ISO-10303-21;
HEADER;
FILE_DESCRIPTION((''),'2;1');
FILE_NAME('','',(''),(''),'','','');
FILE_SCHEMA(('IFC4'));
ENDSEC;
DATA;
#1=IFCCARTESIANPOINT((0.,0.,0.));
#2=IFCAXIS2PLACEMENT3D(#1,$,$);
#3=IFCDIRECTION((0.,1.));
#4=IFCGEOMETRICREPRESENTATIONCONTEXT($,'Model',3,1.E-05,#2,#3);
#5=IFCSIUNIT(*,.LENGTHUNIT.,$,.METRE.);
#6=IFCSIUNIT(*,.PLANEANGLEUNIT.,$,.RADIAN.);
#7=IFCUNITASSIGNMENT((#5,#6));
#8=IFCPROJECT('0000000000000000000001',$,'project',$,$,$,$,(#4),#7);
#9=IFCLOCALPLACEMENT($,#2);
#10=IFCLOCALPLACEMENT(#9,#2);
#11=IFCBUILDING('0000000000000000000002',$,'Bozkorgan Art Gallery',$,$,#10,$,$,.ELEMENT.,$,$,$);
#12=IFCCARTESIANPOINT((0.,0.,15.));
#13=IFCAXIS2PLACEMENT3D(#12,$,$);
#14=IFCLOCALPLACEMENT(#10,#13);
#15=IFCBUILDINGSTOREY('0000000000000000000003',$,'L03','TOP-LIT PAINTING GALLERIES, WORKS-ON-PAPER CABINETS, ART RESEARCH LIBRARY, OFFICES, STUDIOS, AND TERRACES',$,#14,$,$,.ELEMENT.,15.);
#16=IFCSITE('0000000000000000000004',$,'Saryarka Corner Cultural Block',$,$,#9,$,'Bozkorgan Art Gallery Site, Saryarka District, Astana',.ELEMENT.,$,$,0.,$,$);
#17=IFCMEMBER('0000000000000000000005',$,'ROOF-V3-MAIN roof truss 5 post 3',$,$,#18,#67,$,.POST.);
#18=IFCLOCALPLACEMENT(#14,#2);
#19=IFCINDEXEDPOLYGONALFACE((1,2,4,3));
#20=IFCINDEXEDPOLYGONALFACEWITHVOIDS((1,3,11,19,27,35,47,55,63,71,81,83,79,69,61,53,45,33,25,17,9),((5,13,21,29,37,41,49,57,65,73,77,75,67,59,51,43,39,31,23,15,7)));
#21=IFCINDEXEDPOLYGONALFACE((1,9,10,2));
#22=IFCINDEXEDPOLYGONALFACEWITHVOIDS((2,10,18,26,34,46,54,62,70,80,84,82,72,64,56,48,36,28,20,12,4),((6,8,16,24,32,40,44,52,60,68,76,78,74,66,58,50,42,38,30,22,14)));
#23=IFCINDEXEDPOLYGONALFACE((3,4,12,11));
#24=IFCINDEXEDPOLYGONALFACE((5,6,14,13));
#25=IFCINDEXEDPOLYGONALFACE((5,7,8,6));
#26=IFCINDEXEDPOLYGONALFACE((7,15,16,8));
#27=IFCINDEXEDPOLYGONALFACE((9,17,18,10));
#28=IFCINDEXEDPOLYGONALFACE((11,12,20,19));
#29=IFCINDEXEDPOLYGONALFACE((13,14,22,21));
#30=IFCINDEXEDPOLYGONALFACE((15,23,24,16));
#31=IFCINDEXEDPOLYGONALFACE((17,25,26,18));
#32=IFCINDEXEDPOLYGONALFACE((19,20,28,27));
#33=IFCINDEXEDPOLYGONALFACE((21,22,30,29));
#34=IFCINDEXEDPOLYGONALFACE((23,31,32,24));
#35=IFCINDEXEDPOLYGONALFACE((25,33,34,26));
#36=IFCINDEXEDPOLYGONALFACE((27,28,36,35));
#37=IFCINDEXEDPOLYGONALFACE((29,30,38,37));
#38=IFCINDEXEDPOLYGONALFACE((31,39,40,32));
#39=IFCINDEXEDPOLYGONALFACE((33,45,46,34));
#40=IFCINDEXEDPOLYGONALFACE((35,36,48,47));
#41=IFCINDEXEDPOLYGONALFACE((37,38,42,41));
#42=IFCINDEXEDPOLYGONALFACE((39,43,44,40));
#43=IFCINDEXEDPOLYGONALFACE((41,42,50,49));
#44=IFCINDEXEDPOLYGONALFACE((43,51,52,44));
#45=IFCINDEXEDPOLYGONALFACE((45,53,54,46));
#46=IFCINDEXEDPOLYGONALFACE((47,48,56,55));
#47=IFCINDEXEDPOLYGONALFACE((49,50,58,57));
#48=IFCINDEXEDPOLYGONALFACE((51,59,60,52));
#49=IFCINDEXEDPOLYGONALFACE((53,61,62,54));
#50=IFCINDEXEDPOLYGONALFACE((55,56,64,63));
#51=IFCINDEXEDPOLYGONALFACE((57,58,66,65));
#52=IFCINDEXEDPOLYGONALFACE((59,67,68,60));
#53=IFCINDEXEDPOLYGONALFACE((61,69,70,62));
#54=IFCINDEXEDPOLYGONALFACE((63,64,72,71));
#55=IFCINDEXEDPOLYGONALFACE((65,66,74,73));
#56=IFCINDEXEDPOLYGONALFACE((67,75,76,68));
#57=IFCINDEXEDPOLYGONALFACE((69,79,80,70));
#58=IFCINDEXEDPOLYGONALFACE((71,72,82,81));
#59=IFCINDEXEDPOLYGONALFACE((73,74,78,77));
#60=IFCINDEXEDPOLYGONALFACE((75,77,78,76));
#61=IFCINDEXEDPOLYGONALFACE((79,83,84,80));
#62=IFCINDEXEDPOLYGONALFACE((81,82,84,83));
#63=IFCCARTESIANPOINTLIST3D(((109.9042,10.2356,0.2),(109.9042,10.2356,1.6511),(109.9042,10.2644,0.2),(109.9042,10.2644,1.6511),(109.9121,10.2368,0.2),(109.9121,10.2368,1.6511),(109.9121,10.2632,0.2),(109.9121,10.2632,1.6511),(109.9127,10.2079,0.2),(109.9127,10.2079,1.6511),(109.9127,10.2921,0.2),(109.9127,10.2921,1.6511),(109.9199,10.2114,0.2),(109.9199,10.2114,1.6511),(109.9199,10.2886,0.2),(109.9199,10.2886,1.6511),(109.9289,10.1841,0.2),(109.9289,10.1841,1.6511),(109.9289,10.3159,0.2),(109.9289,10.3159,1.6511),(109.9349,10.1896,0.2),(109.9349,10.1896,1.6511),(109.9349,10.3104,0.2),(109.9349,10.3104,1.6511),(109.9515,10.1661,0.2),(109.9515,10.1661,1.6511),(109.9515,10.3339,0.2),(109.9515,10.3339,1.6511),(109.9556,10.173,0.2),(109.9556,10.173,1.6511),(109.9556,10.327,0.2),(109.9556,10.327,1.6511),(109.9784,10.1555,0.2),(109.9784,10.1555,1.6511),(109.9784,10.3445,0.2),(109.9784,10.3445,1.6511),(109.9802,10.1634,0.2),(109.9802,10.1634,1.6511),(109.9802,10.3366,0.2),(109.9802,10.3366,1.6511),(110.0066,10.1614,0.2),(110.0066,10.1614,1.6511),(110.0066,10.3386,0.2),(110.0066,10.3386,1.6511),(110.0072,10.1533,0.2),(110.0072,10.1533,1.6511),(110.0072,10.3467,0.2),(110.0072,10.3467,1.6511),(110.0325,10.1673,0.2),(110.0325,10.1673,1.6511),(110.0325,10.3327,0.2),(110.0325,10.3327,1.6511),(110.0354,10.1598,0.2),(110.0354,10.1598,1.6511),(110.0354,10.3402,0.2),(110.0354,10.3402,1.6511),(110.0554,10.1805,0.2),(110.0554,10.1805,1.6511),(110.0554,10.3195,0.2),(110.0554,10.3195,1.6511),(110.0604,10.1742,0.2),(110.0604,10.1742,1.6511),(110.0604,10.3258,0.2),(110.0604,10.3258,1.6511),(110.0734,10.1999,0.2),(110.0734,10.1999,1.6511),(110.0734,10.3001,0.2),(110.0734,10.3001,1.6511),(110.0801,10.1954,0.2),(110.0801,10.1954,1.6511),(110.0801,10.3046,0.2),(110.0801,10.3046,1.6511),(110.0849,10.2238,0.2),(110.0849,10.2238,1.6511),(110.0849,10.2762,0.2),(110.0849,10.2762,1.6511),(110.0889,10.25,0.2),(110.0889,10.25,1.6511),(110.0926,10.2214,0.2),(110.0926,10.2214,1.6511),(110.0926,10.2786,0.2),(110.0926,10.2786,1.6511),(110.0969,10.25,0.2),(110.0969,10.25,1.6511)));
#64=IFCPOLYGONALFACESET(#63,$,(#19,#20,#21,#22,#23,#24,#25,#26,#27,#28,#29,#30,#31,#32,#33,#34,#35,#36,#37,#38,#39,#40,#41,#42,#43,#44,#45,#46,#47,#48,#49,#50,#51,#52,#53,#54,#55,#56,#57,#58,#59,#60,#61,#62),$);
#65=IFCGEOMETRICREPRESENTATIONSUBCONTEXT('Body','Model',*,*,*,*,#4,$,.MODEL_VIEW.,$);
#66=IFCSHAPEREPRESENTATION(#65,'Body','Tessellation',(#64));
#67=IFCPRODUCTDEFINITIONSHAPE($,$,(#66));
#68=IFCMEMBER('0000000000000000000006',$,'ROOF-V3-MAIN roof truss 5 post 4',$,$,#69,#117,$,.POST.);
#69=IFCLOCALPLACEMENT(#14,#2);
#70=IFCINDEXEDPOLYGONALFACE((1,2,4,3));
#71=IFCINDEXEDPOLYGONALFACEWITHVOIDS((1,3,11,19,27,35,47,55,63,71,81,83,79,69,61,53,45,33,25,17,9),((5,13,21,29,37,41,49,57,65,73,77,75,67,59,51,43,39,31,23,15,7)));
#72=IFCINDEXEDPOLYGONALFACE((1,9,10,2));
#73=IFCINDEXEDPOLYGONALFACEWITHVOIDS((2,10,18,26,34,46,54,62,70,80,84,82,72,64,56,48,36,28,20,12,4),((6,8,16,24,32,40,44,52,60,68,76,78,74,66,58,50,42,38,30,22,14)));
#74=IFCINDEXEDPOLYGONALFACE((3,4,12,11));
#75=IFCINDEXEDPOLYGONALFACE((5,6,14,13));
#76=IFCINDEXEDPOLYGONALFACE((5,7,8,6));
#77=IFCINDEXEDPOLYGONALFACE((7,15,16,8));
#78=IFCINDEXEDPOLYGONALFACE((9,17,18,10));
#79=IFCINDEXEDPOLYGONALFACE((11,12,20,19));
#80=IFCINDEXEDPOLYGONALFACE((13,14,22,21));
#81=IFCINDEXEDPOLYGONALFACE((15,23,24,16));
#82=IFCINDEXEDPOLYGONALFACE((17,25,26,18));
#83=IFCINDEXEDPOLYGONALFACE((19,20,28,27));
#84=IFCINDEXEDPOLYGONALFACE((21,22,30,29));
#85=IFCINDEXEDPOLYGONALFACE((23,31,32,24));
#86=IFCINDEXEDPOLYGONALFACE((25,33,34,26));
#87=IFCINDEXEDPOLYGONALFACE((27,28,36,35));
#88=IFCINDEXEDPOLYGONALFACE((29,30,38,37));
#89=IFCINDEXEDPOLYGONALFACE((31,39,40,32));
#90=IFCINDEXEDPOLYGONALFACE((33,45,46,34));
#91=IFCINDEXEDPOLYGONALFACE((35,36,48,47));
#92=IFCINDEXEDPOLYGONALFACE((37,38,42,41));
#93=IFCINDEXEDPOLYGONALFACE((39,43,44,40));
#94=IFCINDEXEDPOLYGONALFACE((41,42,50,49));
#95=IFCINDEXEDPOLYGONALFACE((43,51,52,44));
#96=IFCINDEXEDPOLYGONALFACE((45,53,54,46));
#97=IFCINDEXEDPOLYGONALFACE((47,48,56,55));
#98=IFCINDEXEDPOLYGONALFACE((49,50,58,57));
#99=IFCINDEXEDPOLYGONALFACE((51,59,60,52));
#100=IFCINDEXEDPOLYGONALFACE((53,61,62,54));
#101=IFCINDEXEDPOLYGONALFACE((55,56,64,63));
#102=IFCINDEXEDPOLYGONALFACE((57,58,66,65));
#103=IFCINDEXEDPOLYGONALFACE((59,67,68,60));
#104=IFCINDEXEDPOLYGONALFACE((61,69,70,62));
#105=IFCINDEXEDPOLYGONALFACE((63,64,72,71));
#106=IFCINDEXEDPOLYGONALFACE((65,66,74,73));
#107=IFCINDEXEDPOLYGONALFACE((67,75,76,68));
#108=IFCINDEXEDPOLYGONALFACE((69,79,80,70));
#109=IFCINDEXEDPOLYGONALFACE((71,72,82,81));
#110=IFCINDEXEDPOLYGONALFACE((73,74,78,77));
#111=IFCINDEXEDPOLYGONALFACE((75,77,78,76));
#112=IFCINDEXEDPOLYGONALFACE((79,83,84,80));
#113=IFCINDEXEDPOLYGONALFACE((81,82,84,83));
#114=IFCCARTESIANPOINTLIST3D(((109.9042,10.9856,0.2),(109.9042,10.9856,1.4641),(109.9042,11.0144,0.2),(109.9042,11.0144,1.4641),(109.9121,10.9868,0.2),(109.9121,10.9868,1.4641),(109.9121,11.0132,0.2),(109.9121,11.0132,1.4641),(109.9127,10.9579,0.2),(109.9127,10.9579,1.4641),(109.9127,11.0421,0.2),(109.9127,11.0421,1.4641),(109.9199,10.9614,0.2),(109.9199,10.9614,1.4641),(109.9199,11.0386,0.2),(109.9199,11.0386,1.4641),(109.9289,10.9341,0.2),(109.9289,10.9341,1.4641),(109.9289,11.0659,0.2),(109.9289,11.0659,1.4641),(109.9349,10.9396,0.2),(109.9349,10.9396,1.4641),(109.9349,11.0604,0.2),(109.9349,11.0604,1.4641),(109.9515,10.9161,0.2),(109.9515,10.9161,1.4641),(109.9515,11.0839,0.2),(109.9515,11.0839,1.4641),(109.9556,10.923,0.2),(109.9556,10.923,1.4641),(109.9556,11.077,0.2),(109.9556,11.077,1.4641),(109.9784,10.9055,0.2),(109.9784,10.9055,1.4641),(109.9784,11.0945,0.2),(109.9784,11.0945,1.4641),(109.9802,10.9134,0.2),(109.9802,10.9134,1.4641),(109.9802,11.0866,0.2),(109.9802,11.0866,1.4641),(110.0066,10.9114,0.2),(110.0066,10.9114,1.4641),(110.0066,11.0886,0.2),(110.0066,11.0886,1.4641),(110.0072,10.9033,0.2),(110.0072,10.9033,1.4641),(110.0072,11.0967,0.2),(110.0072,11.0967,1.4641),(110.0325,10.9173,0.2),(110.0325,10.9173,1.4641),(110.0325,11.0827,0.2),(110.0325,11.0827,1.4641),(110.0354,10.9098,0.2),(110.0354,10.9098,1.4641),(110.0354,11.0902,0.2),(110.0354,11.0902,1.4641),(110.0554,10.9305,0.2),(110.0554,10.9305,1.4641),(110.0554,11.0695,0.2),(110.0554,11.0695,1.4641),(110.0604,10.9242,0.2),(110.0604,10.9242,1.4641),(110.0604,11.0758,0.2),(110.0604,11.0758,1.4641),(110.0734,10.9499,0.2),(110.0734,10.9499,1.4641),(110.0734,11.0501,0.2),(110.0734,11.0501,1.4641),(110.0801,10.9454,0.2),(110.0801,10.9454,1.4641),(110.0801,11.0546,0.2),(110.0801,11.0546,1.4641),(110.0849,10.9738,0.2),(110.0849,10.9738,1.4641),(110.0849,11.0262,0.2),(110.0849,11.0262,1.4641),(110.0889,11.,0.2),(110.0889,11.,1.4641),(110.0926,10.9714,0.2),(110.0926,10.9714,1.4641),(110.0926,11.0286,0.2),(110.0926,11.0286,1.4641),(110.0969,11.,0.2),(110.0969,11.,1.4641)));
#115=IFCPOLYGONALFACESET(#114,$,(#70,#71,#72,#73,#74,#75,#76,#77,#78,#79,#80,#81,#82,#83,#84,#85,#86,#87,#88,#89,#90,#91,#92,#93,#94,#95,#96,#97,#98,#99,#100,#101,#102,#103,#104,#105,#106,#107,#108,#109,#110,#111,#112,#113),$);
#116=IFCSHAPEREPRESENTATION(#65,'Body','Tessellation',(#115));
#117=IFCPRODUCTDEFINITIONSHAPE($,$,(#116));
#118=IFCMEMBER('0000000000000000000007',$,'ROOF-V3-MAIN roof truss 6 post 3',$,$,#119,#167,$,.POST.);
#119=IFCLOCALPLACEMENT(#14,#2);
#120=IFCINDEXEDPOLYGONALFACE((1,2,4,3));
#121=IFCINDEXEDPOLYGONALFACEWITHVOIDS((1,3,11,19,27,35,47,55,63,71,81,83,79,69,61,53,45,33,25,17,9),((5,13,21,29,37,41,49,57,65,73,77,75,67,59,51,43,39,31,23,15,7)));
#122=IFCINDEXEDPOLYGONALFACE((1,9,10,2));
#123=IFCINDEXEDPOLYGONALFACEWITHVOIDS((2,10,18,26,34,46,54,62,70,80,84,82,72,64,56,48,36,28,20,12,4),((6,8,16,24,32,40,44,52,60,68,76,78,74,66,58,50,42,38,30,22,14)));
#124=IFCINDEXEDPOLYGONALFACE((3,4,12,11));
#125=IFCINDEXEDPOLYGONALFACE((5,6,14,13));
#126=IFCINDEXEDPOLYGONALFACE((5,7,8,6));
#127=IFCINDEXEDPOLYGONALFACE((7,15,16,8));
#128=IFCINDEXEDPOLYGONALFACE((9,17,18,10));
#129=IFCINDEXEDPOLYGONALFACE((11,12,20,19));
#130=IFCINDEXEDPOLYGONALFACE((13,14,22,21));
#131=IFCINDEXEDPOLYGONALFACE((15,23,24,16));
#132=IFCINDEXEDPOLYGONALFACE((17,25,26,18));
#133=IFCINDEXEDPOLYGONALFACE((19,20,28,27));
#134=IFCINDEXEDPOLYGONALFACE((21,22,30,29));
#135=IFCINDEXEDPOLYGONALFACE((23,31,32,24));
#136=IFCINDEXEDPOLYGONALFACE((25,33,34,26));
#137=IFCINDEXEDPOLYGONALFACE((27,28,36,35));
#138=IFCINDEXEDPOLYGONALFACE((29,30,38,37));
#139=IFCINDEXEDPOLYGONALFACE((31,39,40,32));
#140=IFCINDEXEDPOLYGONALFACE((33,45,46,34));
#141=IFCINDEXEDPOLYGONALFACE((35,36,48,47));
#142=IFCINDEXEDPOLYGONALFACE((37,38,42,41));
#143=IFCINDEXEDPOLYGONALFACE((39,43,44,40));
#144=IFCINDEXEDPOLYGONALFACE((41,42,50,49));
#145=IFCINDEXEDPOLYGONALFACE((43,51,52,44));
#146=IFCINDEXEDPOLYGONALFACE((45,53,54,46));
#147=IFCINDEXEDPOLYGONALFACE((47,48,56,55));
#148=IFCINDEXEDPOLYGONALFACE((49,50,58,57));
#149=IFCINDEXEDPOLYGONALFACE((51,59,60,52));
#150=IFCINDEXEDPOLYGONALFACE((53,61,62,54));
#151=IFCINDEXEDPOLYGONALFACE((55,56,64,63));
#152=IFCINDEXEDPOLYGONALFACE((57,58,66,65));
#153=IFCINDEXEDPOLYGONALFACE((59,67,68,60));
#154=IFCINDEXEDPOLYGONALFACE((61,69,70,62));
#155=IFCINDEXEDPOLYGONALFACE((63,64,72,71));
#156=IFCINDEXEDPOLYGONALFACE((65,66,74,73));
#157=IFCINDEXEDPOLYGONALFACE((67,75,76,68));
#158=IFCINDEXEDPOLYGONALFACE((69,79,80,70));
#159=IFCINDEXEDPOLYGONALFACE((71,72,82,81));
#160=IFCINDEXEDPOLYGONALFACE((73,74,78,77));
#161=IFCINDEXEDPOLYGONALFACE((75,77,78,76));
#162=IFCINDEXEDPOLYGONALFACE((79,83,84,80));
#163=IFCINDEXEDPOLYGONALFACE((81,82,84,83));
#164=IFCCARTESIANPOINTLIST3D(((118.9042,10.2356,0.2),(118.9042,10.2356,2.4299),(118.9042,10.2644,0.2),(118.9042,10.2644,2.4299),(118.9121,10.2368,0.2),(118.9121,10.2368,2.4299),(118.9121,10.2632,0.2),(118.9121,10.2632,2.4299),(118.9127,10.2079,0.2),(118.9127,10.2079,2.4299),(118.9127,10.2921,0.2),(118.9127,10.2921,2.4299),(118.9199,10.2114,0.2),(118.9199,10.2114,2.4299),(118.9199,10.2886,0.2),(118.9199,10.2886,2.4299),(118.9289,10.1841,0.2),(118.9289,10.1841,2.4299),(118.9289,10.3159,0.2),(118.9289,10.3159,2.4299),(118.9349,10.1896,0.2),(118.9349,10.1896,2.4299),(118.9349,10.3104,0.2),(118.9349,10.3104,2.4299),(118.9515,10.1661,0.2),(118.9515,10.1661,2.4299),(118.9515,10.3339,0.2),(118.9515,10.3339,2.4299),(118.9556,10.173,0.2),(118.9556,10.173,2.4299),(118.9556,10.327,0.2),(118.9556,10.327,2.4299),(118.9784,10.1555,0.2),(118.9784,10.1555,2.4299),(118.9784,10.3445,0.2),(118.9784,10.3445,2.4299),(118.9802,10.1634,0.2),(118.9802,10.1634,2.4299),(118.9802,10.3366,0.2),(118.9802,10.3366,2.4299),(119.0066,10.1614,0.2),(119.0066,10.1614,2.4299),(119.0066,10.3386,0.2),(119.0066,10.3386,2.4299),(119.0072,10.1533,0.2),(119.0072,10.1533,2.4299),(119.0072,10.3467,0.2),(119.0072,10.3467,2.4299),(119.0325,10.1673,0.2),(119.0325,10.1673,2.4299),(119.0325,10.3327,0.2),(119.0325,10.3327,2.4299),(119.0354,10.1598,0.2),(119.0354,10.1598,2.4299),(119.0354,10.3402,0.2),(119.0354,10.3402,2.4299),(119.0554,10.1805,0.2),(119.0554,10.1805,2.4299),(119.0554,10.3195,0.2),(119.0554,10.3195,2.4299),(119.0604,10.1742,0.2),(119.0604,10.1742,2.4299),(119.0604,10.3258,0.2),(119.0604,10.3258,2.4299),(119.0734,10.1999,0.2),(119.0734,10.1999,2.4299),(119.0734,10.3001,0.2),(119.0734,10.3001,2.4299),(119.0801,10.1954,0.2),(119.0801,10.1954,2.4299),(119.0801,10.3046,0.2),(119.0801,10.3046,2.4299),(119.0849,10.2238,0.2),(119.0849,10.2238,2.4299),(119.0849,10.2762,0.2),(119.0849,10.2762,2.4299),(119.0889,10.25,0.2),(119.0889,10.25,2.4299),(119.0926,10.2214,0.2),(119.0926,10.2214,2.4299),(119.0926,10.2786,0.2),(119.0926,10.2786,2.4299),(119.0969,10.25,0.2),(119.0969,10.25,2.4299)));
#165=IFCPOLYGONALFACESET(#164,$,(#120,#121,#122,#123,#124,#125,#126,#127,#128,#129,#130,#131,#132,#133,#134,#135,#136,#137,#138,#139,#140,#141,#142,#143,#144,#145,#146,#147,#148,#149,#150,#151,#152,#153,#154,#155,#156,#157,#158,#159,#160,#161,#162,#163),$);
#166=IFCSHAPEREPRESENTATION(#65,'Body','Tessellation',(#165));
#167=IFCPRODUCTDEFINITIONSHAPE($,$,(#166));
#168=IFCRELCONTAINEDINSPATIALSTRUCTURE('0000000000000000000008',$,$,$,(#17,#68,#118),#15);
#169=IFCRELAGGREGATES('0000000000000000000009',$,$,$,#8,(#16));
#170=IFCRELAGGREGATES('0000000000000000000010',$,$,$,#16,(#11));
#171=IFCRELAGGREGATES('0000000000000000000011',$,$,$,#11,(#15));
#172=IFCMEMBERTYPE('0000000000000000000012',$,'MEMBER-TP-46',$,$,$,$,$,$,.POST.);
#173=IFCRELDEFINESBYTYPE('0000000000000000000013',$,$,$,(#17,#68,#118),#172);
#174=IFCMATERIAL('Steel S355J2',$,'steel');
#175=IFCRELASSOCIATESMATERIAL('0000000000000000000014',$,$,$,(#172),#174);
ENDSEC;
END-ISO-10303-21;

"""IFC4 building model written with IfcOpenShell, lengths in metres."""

from ifc_helpers import new_model, si_unit, direction, frame, origin, origin_2d, place, context, subcontext, project, spatial, hollow_circle, extrude, material, material_profile, profile_set, type_object, element, save


model = new_model("IFC4")

# Units and contexts
model_context = context("Model", 3, precision=1e-05, world=origin(), true_north=direction((0.0, 1.0)))
body_context = subcontext(model_context, "Body", "Model", "MODEL_VIEW")
ifc_project = project(units=[si_unit("LENGTHUNIT", "METRE"), si_unit("PLANEANGLEUNIT", "RADIAN")], contexts=[model_context])

# Site, building, storey
site_placement = place(None, origin())
site = spatial("IfcSite", under=ifc_project, at=site_placement, Name="Saryarka Corner Cultural Block", LongName="Bozkorgan Art Gallery Site, Saryarka District, Astana", CompositionType="ELEMENT", RefElevation=0.0)
building_placement = place(site_placement, origin())
building = spatial("IfcBuilding", under=site, at=building_placement, Name="Bozkorgan Art Gallery", CompositionType="ELEMENT")
storey_placement = place(building_placement, frame((0.0, 0.0, 15.0)))
storey = spatial("IfcBuildingStorey", under=building, at=storey_placement, Name="L03", Description="TOP-LIT PAINTING GALLERIES, WORKS-ON-PAPER CABINETS, ART RESEARCH LIBRARY, OFFICES, STUDIOS, AND TERRACES", CompositionType="ELEMENT", Elevation=15.0)

# Shared definitions
ifc_material_1 = material(Name="Steel S355J2", Category="steel")

# Members
ifc_material_profile_1 = material_profile(ifc_material_1, hollow_circle(Radius=0.0969, WallThickness=0.0081, at=origin_2d()), Name="CHS 193.7x8")
ifc_profile_set_1 = profile_set([ifc_material_profile_1], Name="Steel S355J2")
member_type_1 = type_object("IfcMemberType", Name="MEMBER-TP-46", PredefinedType="POST", material=ifc_profile_set_1)
member_1_placement = place(storey_placement, frame((110.0, 10.25, 0.2), z_axis=(0.0, 0.0, 1.0), x_axis=(1.0, 0.0, 0.0)))
element("IfcMember", 1, at=member_1_placement, inside=storey, type_object=member_type_1, Name="ROOF-V3-MAIN roof truss 5 post 3", PredefinedType="POST", context=body_context, shape_type="SweptSolid", body=[
    extrude(hollow_circle(Radius=0.0969, WallThickness=0.0081, at=origin_2d()), origin(), (0.0, 0.0, 1.0), 1.4512),
])
member_2_placement = place(storey_placement, frame((110.0, 11.0, 0.2), z_axis=(0.0, 0.0, 1.0), x_axis=(1.0, 0.0, 0.0)))
element("IfcMember", 2, at=member_2_placement, inside=storey, type_object=member_type_1, Name="ROOF-V3-MAIN roof truss 5 post 4", PredefinedType="POST", context=body_context, shape_type="SweptSolid", body=[
    extrude(hollow_circle(Radius=0.0969, WallThickness=0.0081, at=origin_2d()), origin(), (0.0, 0.0, 1.0), 1.2642),
])
member_3_placement = place(storey_placement, frame((119.0, 10.25, 0.2), z_axis=(0.0, 0.0, 1.0), x_axis=(1.0, 0.0, 0.0)))
element("IfcMember", 3, at=member_3_placement, inside=storey, type_object=member_type_1, Name="ROOF-V3-MAIN roof truss 6 post 3", PredefinedType="POST", context=body_context, shape_type="SweptSolid", body=[
    extrude(hollow_circle(Radius=0.0969, WallThickness=0.0081, at=origin_2d()), origin(), (0.0, 0.0, 1.0), 2.23),
])

save(model, "model.ifc")
